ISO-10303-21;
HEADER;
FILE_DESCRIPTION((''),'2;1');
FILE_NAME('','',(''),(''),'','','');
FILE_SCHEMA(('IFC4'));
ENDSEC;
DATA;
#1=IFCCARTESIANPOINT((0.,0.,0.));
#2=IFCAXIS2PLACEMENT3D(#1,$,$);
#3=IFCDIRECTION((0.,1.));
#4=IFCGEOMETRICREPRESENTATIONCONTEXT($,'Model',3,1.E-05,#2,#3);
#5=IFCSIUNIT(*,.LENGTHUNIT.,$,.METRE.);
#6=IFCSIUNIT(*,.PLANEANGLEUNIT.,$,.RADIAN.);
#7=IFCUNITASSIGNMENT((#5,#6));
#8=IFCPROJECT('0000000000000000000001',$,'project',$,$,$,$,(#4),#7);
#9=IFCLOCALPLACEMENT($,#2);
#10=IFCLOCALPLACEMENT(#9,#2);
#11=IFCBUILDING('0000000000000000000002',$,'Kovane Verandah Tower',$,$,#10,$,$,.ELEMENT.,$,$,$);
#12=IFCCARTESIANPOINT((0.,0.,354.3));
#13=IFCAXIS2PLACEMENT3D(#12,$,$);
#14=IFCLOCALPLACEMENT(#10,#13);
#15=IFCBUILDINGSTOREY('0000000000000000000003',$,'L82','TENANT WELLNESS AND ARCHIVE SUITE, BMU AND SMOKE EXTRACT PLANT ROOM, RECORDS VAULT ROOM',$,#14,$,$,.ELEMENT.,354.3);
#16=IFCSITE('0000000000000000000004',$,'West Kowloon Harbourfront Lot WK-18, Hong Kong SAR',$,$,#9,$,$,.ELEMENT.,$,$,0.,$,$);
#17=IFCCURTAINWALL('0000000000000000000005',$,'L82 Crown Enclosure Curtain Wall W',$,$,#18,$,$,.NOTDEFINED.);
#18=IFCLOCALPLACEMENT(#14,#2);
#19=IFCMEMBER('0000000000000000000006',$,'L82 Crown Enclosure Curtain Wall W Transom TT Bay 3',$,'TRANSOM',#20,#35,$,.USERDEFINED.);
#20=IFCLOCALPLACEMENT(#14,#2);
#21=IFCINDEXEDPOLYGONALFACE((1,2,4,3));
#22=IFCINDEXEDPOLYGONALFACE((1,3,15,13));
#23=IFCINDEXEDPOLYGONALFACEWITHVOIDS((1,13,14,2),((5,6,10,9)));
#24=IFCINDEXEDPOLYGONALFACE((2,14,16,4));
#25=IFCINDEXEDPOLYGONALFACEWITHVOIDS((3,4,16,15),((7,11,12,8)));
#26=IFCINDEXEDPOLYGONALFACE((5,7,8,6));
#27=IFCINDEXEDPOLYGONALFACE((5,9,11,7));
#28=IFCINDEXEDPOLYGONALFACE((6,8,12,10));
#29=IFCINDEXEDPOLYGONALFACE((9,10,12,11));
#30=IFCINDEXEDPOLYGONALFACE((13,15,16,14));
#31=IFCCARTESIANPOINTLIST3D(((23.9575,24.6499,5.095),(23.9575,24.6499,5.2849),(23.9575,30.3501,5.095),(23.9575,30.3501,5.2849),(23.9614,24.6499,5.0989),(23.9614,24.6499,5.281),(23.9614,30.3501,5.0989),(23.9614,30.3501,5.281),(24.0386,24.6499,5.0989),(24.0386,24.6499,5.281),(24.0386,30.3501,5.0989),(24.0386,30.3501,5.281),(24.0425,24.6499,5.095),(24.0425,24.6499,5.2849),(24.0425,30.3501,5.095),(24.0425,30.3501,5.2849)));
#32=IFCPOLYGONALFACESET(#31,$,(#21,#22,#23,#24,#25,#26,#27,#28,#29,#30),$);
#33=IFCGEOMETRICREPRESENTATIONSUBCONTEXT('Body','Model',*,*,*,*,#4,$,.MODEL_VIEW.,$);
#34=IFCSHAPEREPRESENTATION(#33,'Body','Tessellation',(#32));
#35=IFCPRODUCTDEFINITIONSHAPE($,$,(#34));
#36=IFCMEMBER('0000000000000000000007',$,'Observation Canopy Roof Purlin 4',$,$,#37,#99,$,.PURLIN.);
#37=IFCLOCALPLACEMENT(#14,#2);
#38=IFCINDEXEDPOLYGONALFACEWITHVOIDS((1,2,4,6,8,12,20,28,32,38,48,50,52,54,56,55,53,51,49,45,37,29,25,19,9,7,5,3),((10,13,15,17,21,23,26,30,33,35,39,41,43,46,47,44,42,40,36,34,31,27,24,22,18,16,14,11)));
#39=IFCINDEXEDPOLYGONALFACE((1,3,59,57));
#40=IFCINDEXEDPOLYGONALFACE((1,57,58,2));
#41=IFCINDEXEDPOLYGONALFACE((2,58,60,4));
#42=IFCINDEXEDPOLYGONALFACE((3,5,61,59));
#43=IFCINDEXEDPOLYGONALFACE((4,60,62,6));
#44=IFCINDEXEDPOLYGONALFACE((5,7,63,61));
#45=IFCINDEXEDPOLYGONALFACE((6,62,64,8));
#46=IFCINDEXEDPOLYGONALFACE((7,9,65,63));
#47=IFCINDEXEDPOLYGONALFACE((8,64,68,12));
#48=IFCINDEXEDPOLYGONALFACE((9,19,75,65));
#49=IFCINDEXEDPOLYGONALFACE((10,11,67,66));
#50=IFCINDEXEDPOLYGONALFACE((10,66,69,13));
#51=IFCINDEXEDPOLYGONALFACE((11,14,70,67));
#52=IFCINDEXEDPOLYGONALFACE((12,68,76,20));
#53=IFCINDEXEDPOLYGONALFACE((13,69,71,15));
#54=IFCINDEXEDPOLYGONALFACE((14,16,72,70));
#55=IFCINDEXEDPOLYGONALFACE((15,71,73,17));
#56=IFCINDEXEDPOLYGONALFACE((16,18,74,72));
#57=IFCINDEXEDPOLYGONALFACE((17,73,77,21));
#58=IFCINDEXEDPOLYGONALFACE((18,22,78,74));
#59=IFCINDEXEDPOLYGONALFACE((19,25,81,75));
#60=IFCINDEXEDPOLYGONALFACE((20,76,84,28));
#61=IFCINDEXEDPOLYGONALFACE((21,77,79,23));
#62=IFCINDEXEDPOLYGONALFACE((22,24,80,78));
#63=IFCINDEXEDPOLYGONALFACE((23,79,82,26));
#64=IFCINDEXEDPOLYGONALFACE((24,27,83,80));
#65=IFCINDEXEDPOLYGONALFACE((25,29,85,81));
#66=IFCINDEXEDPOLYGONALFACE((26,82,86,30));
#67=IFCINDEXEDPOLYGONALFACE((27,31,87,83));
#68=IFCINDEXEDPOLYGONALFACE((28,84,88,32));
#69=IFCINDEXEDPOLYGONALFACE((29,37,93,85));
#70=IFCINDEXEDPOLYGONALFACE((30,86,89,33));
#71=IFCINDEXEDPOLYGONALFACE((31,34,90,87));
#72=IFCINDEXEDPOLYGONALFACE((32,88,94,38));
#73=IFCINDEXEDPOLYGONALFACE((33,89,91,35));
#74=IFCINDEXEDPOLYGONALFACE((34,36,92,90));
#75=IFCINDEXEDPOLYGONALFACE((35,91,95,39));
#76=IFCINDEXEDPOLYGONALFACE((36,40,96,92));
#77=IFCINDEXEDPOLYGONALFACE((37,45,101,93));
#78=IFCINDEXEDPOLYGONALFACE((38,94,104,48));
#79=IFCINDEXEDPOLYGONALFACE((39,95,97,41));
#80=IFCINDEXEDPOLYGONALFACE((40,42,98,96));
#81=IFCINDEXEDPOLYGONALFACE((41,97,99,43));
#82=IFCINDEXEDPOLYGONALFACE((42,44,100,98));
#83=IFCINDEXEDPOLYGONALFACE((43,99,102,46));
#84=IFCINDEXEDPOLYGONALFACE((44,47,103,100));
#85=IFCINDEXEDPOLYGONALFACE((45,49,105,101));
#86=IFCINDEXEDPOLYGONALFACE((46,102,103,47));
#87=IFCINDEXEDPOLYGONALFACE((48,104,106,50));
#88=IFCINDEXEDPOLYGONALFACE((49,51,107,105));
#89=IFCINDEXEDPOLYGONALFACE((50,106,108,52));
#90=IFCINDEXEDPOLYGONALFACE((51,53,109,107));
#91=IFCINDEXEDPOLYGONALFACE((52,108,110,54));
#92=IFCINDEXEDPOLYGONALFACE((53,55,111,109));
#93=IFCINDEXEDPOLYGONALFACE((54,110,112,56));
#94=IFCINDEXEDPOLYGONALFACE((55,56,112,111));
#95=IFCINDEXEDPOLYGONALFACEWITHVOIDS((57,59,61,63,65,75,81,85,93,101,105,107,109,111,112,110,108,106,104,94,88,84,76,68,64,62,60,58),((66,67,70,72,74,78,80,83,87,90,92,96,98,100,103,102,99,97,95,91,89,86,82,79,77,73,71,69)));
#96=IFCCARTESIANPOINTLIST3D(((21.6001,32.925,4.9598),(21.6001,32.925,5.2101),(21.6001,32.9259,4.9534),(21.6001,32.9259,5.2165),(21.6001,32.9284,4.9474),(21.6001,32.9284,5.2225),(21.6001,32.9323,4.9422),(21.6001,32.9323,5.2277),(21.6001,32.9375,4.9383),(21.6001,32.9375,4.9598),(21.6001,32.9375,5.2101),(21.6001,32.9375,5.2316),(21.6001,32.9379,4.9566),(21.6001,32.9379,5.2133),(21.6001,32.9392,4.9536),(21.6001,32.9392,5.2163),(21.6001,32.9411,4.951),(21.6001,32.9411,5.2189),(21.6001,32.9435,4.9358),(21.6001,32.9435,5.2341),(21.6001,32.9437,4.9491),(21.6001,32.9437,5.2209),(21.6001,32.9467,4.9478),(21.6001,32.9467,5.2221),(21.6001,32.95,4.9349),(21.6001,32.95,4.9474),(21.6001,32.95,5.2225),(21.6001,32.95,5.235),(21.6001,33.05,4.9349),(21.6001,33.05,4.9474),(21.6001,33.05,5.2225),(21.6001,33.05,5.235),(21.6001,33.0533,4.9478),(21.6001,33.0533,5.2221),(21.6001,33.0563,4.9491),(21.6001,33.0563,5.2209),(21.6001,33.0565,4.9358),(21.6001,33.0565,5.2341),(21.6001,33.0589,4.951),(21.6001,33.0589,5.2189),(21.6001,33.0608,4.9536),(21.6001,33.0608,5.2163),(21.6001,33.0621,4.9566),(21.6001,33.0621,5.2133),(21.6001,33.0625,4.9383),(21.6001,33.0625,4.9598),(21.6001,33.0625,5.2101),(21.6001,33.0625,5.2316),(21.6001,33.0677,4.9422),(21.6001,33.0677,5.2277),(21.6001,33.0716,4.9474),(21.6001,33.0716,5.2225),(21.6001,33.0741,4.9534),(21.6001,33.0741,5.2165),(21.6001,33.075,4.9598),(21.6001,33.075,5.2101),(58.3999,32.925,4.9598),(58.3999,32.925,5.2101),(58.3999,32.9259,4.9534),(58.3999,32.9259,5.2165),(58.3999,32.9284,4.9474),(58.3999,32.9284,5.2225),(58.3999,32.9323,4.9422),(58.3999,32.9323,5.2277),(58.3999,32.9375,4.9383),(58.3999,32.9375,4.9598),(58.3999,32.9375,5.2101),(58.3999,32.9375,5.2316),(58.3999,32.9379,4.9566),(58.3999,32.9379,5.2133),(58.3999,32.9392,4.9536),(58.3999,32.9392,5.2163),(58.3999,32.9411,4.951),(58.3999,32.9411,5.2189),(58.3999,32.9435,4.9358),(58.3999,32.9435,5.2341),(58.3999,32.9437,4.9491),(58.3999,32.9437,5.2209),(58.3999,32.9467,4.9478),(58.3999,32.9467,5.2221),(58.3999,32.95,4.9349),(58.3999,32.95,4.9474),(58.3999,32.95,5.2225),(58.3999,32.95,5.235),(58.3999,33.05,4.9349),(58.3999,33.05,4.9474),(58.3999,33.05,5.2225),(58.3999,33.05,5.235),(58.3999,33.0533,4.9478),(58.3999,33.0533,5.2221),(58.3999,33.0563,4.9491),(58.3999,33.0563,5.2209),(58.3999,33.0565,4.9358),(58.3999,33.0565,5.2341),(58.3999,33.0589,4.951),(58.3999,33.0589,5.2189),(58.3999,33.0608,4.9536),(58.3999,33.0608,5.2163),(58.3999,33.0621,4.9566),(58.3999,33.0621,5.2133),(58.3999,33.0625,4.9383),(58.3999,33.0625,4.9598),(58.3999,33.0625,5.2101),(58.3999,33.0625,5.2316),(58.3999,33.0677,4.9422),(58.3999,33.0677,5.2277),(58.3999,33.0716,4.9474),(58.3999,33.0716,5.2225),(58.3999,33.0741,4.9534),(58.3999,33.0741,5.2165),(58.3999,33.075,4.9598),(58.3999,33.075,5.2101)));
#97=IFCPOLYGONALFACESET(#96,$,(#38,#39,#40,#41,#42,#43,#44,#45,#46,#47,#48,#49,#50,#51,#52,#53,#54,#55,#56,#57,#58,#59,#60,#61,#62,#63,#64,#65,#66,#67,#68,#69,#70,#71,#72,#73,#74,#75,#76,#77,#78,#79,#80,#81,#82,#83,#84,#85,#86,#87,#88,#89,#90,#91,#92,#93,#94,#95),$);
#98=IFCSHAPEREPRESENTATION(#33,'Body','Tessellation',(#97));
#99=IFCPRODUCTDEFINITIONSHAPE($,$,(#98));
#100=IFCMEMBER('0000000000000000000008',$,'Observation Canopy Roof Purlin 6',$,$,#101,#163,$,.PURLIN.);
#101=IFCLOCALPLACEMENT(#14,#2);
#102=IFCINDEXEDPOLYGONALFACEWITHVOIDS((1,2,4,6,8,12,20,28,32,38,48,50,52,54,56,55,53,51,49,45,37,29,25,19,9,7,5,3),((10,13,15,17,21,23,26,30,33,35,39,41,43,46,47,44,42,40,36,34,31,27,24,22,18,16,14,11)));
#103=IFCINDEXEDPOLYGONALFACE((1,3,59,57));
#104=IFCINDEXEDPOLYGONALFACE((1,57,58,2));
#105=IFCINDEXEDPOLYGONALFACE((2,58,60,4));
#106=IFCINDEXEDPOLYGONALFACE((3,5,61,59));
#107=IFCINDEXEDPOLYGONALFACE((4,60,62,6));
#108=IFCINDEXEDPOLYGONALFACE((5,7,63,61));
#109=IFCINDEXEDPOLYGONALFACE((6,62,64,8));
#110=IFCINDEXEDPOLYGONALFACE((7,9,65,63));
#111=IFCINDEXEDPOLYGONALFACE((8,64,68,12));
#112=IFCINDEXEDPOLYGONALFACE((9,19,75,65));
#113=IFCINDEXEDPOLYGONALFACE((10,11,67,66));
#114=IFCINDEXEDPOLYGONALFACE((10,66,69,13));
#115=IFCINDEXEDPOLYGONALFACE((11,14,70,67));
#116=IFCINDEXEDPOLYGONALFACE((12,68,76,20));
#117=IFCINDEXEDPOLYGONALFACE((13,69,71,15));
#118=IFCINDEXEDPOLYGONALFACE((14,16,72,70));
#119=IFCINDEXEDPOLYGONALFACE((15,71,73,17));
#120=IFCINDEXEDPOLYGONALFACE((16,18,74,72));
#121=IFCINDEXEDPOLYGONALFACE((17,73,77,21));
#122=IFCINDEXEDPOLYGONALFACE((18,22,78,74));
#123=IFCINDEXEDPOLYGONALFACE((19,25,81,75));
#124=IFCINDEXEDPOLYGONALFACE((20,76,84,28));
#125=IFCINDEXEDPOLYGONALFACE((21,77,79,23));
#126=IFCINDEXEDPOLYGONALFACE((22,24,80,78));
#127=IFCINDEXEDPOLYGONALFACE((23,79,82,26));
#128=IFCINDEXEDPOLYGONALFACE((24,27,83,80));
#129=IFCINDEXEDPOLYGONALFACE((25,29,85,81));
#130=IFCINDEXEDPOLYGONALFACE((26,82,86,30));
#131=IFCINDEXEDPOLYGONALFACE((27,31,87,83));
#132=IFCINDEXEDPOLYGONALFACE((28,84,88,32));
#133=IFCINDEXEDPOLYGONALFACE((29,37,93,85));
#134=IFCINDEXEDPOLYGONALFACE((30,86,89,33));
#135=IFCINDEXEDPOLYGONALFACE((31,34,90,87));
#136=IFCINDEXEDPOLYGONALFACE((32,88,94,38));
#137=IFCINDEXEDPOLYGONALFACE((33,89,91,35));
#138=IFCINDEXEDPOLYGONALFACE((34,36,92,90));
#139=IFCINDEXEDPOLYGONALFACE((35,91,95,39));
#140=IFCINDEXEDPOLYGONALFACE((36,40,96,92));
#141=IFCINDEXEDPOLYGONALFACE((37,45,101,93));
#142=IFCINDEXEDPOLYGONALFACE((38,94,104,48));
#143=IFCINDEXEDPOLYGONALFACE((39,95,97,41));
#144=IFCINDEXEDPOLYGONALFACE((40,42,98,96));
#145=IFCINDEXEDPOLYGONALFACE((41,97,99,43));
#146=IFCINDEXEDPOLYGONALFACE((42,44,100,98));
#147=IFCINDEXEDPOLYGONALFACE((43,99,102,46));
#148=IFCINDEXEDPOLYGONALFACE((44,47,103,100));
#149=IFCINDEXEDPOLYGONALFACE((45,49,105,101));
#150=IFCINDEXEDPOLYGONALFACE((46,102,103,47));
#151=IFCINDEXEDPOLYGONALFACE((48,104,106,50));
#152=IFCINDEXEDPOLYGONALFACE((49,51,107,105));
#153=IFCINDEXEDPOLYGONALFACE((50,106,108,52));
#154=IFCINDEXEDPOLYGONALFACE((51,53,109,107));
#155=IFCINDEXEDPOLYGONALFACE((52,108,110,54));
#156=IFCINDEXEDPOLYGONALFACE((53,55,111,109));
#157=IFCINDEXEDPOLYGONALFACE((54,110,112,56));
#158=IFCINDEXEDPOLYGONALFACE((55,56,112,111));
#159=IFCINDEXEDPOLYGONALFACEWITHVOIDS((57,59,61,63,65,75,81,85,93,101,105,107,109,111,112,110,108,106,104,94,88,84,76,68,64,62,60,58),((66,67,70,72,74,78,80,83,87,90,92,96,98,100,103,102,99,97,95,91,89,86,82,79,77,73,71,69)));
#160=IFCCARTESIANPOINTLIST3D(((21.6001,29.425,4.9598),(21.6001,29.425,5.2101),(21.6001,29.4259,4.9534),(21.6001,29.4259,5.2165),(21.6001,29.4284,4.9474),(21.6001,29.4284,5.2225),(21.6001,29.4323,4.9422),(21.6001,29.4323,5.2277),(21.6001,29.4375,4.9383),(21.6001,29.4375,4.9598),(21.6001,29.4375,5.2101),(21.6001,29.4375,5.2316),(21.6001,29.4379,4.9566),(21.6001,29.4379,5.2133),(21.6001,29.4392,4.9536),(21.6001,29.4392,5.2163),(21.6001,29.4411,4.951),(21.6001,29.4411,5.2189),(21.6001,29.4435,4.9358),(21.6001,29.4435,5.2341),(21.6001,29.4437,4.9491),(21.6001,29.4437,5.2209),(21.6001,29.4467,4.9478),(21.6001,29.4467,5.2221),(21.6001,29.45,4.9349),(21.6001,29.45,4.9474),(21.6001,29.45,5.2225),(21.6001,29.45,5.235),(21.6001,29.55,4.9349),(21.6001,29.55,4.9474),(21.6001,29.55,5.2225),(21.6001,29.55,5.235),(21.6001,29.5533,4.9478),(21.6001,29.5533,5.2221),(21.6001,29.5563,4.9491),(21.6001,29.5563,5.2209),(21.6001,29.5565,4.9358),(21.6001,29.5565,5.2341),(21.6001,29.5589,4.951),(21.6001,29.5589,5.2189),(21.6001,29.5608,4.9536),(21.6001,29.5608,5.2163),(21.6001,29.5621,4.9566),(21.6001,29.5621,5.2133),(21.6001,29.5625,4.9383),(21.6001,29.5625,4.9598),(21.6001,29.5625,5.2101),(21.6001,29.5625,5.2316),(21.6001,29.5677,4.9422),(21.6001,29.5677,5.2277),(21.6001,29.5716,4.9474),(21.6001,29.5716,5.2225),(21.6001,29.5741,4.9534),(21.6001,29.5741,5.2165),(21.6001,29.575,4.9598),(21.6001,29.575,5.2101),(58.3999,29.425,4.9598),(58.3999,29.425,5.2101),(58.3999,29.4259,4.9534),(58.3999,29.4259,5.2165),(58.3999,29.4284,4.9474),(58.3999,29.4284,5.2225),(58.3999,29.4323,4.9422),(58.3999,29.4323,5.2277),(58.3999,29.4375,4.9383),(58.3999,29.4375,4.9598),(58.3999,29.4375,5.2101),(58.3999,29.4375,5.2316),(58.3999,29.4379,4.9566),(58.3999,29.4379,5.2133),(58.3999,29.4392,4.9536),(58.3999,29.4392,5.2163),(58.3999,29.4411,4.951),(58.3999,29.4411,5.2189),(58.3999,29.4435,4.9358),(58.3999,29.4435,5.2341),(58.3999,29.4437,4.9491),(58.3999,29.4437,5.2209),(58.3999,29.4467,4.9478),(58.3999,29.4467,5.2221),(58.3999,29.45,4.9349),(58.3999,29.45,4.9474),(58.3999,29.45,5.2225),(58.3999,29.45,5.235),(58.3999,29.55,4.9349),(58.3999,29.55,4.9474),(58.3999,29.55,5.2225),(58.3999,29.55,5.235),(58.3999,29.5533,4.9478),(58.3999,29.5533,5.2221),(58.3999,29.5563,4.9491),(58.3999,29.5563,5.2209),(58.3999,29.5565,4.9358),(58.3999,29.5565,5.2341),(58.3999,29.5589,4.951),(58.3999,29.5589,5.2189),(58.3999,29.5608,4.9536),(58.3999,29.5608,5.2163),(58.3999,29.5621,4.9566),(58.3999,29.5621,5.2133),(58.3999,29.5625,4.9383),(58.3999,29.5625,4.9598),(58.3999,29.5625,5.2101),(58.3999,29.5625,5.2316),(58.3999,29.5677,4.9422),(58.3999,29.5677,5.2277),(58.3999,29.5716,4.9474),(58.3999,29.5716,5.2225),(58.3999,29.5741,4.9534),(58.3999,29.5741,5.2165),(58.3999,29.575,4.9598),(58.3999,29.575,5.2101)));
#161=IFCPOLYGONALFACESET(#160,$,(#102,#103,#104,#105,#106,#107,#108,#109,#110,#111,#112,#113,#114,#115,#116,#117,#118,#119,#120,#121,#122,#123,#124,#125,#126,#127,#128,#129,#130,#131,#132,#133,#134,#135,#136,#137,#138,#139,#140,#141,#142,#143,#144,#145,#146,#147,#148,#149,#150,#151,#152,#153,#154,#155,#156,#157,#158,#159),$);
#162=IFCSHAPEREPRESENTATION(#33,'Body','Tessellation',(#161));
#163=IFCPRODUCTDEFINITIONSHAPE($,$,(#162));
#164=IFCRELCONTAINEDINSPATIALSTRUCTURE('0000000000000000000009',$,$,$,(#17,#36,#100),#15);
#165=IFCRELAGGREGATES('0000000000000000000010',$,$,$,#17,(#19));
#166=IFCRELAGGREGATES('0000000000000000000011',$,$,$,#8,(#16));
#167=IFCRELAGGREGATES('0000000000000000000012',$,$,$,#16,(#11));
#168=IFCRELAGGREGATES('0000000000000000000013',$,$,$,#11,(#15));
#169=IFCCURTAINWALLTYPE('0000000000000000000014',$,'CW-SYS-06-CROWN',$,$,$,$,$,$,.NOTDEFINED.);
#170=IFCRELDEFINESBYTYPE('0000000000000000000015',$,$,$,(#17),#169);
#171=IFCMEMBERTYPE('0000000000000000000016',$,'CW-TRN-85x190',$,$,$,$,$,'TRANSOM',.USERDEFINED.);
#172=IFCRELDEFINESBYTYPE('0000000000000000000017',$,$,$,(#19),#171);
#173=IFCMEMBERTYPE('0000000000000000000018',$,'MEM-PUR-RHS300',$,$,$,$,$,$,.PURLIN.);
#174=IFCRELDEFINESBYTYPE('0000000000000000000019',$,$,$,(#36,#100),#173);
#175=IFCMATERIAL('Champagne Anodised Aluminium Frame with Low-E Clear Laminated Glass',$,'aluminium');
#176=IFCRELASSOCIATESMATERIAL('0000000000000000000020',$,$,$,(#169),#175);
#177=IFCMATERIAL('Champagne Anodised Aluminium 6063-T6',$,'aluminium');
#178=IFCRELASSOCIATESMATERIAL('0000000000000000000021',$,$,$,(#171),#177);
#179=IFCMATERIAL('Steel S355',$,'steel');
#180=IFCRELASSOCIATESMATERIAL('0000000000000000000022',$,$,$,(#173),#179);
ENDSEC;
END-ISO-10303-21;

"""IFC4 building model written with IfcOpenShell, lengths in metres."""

from ifc_helpers import new_model, si_unit, direction, frame, origin, origin_2d, place, context, subcontext, project, spatial, hollow_rectangle, extrude, material, material_profile, profile_set, type_object, element, aggregate, save


model = new_model("IFC4")

# Units and contexts
model_context = context("Model", 3, precision=1e-05, world=origin(), true_north=direction((0.0, 1.0)))
body_context = subcontext(model_context, "Body", "Model", "MODEL_VIEW")
ifc_project = project(units=[si_unit("LENGTHUNIT", "METRE"), si_unit("PLANEANGLEUNIT", "RADIAN")], contexts=[model_context])

# Site, building, storey
site_placement = place(None, origin())
site = spatial("IfcSite", under=ifc_project, at=site_placement, Name="West Kowloon Harbourfront Lot WK-18, Hong Kong SAR", CompositionType="ELEMENT", RefElevation=0.0)
building_placement = place(site_placement, origin())
building = spatial("IfcBuilding", under=site, at=building_placement, Name="Kovane Verandah Tower", CompositionType="ELEMENT")
storey_placement = place(building_placement, frame((0.0, 0.0, 354.3)))
storey = spatial("IfcBuildingStorey", under=building, at=storey_placement, Name="L82", Description="TENANT WELLNESS AND ARCHIVE SUITE, BMU AND SMOKE EXTRACT PLANT ROOM, RECORDS VAULT ROOM", CompositionType="ELEMENT", Elevation=354.3)

# Shared definitions
ifc_material_1 = material(Name="Steel S355", Category="steel")

# Curtain wall, member
ifc_material_2 = material(Name="Champagne Anodised Aluminium Frame with Low-E Clear Laminated Glass", Category="aluminium")
curtain_wall_type = type_object("IfcCurtainWallType", Name="CW-SYS-06-CROWN", PredefinedType="NOTDEFINED", material=ifc_material_2)
curtain_wall_placement = place(storey_placement, origin())
curtain_wall = element("IfcCurtainWall", 1, at=curtain_wall_placement, inside=storey, type_object=curtain_wall_type, Name="L82 Crown Enclosure Curtain Wall W", PredefinedType="NOTDEFINED")
ifc_material_3 = material(Name="Champagne Anodised Aluminium 6063-T6", Category="aluminium")
ifc_material_profile_1 = material_profile(ifc_material_3, hollow_rectangle(XDim=0.085, YDim=0.1899, WallThickness=0.0039, at=origin_2d()), Name="AL85x190x4")
ifc_profile_set_1 = profile_set([ifc_material_profile_1], Name="Champagne Anodised Aluminium 6063-T6")
member_type_1 = type_object("IfcMemberType", Name="CW-TRN-85x190", ElementType="TRANSOM", PredefinedType="USERDEFINED", material=ifc_profile_set_1)
member_1_placement = place(storey_placement, frame((24.0, 30.3501, 5.1899), z_axis=(0.0, -1.0, 0.0), x_axis=(1.0, 0.0, 0.0)))
member_1 = element("IfcMember", 2, at=member_1_placement, type_object=member_type_1, Name="L82 Crown Enclosure Curtain Wall W Transom TT Bay 3", ObjectType="TRANSOM", PredefinedType="USERDEFINED", context=body_context, shape_type="SweptSolid", body=[
    extrude(hollow_rectangle(XDim=0.085, YDim=0.1899, WallThickness=0.0039, at=origin_2d()), origin(), (0.0, 0.0, 1.0), 5.7002),
])

# Members
ifc_material_profile_2 = material_profile(ifc_material_1, hollow_rectangle(XDim=0.1499, YDim=0.3, WallThickness=0.0125, InnerFilletRadius=0.0125, OuterFilletRadius=0.0249, at=origin_2d()), Name="RHS300x150x12.5")
ifc_profile_set_2 = profile_set([ifc_material_profile_2], Name="Steel S355")
member_type_2 = type_object("IfcMemberType", Name="MEM-PUR-RHS300", PredefinedType="PURLIN", material=ifc_profile_set_2)
for number, where, z_axis, x_axis, name in (
    (3, (21.6001, 33.0, 5.085), (1.0, 0.0, 0.0), (0.0, 1.0, 0.0), "Observation Canopy Roof Purlin 4"),
    (4, (21.6001, 29.5, 5.085), (1.0, 0.0, 0.0), (0.0, 1.0, 0.0), "Observation Canopy Roof Purlin 6"),
):
    element("IfcMember", number, at=place(storey_placement, frame(where, z_axis=z_axis, x_axis=x_axis)), inside=storey, type_object=member_type_2, Name=name, PredefinedType="PURLIN", context=body_context, shape_type="SweptSolid", body=[
        extrude(hollow_rectangle(XDim=0.1499, YDim=0.3, WallThickness=0.0125, InnerFilletRadius=0.0125, OuterFilletRadius=0.0249, at=origin_2d()), origin(), (0.0, 0.0, 1.0), 36.7998),
    ])

aggregate(curtain_wall, [member_1])

save(model, "model.ifc")
